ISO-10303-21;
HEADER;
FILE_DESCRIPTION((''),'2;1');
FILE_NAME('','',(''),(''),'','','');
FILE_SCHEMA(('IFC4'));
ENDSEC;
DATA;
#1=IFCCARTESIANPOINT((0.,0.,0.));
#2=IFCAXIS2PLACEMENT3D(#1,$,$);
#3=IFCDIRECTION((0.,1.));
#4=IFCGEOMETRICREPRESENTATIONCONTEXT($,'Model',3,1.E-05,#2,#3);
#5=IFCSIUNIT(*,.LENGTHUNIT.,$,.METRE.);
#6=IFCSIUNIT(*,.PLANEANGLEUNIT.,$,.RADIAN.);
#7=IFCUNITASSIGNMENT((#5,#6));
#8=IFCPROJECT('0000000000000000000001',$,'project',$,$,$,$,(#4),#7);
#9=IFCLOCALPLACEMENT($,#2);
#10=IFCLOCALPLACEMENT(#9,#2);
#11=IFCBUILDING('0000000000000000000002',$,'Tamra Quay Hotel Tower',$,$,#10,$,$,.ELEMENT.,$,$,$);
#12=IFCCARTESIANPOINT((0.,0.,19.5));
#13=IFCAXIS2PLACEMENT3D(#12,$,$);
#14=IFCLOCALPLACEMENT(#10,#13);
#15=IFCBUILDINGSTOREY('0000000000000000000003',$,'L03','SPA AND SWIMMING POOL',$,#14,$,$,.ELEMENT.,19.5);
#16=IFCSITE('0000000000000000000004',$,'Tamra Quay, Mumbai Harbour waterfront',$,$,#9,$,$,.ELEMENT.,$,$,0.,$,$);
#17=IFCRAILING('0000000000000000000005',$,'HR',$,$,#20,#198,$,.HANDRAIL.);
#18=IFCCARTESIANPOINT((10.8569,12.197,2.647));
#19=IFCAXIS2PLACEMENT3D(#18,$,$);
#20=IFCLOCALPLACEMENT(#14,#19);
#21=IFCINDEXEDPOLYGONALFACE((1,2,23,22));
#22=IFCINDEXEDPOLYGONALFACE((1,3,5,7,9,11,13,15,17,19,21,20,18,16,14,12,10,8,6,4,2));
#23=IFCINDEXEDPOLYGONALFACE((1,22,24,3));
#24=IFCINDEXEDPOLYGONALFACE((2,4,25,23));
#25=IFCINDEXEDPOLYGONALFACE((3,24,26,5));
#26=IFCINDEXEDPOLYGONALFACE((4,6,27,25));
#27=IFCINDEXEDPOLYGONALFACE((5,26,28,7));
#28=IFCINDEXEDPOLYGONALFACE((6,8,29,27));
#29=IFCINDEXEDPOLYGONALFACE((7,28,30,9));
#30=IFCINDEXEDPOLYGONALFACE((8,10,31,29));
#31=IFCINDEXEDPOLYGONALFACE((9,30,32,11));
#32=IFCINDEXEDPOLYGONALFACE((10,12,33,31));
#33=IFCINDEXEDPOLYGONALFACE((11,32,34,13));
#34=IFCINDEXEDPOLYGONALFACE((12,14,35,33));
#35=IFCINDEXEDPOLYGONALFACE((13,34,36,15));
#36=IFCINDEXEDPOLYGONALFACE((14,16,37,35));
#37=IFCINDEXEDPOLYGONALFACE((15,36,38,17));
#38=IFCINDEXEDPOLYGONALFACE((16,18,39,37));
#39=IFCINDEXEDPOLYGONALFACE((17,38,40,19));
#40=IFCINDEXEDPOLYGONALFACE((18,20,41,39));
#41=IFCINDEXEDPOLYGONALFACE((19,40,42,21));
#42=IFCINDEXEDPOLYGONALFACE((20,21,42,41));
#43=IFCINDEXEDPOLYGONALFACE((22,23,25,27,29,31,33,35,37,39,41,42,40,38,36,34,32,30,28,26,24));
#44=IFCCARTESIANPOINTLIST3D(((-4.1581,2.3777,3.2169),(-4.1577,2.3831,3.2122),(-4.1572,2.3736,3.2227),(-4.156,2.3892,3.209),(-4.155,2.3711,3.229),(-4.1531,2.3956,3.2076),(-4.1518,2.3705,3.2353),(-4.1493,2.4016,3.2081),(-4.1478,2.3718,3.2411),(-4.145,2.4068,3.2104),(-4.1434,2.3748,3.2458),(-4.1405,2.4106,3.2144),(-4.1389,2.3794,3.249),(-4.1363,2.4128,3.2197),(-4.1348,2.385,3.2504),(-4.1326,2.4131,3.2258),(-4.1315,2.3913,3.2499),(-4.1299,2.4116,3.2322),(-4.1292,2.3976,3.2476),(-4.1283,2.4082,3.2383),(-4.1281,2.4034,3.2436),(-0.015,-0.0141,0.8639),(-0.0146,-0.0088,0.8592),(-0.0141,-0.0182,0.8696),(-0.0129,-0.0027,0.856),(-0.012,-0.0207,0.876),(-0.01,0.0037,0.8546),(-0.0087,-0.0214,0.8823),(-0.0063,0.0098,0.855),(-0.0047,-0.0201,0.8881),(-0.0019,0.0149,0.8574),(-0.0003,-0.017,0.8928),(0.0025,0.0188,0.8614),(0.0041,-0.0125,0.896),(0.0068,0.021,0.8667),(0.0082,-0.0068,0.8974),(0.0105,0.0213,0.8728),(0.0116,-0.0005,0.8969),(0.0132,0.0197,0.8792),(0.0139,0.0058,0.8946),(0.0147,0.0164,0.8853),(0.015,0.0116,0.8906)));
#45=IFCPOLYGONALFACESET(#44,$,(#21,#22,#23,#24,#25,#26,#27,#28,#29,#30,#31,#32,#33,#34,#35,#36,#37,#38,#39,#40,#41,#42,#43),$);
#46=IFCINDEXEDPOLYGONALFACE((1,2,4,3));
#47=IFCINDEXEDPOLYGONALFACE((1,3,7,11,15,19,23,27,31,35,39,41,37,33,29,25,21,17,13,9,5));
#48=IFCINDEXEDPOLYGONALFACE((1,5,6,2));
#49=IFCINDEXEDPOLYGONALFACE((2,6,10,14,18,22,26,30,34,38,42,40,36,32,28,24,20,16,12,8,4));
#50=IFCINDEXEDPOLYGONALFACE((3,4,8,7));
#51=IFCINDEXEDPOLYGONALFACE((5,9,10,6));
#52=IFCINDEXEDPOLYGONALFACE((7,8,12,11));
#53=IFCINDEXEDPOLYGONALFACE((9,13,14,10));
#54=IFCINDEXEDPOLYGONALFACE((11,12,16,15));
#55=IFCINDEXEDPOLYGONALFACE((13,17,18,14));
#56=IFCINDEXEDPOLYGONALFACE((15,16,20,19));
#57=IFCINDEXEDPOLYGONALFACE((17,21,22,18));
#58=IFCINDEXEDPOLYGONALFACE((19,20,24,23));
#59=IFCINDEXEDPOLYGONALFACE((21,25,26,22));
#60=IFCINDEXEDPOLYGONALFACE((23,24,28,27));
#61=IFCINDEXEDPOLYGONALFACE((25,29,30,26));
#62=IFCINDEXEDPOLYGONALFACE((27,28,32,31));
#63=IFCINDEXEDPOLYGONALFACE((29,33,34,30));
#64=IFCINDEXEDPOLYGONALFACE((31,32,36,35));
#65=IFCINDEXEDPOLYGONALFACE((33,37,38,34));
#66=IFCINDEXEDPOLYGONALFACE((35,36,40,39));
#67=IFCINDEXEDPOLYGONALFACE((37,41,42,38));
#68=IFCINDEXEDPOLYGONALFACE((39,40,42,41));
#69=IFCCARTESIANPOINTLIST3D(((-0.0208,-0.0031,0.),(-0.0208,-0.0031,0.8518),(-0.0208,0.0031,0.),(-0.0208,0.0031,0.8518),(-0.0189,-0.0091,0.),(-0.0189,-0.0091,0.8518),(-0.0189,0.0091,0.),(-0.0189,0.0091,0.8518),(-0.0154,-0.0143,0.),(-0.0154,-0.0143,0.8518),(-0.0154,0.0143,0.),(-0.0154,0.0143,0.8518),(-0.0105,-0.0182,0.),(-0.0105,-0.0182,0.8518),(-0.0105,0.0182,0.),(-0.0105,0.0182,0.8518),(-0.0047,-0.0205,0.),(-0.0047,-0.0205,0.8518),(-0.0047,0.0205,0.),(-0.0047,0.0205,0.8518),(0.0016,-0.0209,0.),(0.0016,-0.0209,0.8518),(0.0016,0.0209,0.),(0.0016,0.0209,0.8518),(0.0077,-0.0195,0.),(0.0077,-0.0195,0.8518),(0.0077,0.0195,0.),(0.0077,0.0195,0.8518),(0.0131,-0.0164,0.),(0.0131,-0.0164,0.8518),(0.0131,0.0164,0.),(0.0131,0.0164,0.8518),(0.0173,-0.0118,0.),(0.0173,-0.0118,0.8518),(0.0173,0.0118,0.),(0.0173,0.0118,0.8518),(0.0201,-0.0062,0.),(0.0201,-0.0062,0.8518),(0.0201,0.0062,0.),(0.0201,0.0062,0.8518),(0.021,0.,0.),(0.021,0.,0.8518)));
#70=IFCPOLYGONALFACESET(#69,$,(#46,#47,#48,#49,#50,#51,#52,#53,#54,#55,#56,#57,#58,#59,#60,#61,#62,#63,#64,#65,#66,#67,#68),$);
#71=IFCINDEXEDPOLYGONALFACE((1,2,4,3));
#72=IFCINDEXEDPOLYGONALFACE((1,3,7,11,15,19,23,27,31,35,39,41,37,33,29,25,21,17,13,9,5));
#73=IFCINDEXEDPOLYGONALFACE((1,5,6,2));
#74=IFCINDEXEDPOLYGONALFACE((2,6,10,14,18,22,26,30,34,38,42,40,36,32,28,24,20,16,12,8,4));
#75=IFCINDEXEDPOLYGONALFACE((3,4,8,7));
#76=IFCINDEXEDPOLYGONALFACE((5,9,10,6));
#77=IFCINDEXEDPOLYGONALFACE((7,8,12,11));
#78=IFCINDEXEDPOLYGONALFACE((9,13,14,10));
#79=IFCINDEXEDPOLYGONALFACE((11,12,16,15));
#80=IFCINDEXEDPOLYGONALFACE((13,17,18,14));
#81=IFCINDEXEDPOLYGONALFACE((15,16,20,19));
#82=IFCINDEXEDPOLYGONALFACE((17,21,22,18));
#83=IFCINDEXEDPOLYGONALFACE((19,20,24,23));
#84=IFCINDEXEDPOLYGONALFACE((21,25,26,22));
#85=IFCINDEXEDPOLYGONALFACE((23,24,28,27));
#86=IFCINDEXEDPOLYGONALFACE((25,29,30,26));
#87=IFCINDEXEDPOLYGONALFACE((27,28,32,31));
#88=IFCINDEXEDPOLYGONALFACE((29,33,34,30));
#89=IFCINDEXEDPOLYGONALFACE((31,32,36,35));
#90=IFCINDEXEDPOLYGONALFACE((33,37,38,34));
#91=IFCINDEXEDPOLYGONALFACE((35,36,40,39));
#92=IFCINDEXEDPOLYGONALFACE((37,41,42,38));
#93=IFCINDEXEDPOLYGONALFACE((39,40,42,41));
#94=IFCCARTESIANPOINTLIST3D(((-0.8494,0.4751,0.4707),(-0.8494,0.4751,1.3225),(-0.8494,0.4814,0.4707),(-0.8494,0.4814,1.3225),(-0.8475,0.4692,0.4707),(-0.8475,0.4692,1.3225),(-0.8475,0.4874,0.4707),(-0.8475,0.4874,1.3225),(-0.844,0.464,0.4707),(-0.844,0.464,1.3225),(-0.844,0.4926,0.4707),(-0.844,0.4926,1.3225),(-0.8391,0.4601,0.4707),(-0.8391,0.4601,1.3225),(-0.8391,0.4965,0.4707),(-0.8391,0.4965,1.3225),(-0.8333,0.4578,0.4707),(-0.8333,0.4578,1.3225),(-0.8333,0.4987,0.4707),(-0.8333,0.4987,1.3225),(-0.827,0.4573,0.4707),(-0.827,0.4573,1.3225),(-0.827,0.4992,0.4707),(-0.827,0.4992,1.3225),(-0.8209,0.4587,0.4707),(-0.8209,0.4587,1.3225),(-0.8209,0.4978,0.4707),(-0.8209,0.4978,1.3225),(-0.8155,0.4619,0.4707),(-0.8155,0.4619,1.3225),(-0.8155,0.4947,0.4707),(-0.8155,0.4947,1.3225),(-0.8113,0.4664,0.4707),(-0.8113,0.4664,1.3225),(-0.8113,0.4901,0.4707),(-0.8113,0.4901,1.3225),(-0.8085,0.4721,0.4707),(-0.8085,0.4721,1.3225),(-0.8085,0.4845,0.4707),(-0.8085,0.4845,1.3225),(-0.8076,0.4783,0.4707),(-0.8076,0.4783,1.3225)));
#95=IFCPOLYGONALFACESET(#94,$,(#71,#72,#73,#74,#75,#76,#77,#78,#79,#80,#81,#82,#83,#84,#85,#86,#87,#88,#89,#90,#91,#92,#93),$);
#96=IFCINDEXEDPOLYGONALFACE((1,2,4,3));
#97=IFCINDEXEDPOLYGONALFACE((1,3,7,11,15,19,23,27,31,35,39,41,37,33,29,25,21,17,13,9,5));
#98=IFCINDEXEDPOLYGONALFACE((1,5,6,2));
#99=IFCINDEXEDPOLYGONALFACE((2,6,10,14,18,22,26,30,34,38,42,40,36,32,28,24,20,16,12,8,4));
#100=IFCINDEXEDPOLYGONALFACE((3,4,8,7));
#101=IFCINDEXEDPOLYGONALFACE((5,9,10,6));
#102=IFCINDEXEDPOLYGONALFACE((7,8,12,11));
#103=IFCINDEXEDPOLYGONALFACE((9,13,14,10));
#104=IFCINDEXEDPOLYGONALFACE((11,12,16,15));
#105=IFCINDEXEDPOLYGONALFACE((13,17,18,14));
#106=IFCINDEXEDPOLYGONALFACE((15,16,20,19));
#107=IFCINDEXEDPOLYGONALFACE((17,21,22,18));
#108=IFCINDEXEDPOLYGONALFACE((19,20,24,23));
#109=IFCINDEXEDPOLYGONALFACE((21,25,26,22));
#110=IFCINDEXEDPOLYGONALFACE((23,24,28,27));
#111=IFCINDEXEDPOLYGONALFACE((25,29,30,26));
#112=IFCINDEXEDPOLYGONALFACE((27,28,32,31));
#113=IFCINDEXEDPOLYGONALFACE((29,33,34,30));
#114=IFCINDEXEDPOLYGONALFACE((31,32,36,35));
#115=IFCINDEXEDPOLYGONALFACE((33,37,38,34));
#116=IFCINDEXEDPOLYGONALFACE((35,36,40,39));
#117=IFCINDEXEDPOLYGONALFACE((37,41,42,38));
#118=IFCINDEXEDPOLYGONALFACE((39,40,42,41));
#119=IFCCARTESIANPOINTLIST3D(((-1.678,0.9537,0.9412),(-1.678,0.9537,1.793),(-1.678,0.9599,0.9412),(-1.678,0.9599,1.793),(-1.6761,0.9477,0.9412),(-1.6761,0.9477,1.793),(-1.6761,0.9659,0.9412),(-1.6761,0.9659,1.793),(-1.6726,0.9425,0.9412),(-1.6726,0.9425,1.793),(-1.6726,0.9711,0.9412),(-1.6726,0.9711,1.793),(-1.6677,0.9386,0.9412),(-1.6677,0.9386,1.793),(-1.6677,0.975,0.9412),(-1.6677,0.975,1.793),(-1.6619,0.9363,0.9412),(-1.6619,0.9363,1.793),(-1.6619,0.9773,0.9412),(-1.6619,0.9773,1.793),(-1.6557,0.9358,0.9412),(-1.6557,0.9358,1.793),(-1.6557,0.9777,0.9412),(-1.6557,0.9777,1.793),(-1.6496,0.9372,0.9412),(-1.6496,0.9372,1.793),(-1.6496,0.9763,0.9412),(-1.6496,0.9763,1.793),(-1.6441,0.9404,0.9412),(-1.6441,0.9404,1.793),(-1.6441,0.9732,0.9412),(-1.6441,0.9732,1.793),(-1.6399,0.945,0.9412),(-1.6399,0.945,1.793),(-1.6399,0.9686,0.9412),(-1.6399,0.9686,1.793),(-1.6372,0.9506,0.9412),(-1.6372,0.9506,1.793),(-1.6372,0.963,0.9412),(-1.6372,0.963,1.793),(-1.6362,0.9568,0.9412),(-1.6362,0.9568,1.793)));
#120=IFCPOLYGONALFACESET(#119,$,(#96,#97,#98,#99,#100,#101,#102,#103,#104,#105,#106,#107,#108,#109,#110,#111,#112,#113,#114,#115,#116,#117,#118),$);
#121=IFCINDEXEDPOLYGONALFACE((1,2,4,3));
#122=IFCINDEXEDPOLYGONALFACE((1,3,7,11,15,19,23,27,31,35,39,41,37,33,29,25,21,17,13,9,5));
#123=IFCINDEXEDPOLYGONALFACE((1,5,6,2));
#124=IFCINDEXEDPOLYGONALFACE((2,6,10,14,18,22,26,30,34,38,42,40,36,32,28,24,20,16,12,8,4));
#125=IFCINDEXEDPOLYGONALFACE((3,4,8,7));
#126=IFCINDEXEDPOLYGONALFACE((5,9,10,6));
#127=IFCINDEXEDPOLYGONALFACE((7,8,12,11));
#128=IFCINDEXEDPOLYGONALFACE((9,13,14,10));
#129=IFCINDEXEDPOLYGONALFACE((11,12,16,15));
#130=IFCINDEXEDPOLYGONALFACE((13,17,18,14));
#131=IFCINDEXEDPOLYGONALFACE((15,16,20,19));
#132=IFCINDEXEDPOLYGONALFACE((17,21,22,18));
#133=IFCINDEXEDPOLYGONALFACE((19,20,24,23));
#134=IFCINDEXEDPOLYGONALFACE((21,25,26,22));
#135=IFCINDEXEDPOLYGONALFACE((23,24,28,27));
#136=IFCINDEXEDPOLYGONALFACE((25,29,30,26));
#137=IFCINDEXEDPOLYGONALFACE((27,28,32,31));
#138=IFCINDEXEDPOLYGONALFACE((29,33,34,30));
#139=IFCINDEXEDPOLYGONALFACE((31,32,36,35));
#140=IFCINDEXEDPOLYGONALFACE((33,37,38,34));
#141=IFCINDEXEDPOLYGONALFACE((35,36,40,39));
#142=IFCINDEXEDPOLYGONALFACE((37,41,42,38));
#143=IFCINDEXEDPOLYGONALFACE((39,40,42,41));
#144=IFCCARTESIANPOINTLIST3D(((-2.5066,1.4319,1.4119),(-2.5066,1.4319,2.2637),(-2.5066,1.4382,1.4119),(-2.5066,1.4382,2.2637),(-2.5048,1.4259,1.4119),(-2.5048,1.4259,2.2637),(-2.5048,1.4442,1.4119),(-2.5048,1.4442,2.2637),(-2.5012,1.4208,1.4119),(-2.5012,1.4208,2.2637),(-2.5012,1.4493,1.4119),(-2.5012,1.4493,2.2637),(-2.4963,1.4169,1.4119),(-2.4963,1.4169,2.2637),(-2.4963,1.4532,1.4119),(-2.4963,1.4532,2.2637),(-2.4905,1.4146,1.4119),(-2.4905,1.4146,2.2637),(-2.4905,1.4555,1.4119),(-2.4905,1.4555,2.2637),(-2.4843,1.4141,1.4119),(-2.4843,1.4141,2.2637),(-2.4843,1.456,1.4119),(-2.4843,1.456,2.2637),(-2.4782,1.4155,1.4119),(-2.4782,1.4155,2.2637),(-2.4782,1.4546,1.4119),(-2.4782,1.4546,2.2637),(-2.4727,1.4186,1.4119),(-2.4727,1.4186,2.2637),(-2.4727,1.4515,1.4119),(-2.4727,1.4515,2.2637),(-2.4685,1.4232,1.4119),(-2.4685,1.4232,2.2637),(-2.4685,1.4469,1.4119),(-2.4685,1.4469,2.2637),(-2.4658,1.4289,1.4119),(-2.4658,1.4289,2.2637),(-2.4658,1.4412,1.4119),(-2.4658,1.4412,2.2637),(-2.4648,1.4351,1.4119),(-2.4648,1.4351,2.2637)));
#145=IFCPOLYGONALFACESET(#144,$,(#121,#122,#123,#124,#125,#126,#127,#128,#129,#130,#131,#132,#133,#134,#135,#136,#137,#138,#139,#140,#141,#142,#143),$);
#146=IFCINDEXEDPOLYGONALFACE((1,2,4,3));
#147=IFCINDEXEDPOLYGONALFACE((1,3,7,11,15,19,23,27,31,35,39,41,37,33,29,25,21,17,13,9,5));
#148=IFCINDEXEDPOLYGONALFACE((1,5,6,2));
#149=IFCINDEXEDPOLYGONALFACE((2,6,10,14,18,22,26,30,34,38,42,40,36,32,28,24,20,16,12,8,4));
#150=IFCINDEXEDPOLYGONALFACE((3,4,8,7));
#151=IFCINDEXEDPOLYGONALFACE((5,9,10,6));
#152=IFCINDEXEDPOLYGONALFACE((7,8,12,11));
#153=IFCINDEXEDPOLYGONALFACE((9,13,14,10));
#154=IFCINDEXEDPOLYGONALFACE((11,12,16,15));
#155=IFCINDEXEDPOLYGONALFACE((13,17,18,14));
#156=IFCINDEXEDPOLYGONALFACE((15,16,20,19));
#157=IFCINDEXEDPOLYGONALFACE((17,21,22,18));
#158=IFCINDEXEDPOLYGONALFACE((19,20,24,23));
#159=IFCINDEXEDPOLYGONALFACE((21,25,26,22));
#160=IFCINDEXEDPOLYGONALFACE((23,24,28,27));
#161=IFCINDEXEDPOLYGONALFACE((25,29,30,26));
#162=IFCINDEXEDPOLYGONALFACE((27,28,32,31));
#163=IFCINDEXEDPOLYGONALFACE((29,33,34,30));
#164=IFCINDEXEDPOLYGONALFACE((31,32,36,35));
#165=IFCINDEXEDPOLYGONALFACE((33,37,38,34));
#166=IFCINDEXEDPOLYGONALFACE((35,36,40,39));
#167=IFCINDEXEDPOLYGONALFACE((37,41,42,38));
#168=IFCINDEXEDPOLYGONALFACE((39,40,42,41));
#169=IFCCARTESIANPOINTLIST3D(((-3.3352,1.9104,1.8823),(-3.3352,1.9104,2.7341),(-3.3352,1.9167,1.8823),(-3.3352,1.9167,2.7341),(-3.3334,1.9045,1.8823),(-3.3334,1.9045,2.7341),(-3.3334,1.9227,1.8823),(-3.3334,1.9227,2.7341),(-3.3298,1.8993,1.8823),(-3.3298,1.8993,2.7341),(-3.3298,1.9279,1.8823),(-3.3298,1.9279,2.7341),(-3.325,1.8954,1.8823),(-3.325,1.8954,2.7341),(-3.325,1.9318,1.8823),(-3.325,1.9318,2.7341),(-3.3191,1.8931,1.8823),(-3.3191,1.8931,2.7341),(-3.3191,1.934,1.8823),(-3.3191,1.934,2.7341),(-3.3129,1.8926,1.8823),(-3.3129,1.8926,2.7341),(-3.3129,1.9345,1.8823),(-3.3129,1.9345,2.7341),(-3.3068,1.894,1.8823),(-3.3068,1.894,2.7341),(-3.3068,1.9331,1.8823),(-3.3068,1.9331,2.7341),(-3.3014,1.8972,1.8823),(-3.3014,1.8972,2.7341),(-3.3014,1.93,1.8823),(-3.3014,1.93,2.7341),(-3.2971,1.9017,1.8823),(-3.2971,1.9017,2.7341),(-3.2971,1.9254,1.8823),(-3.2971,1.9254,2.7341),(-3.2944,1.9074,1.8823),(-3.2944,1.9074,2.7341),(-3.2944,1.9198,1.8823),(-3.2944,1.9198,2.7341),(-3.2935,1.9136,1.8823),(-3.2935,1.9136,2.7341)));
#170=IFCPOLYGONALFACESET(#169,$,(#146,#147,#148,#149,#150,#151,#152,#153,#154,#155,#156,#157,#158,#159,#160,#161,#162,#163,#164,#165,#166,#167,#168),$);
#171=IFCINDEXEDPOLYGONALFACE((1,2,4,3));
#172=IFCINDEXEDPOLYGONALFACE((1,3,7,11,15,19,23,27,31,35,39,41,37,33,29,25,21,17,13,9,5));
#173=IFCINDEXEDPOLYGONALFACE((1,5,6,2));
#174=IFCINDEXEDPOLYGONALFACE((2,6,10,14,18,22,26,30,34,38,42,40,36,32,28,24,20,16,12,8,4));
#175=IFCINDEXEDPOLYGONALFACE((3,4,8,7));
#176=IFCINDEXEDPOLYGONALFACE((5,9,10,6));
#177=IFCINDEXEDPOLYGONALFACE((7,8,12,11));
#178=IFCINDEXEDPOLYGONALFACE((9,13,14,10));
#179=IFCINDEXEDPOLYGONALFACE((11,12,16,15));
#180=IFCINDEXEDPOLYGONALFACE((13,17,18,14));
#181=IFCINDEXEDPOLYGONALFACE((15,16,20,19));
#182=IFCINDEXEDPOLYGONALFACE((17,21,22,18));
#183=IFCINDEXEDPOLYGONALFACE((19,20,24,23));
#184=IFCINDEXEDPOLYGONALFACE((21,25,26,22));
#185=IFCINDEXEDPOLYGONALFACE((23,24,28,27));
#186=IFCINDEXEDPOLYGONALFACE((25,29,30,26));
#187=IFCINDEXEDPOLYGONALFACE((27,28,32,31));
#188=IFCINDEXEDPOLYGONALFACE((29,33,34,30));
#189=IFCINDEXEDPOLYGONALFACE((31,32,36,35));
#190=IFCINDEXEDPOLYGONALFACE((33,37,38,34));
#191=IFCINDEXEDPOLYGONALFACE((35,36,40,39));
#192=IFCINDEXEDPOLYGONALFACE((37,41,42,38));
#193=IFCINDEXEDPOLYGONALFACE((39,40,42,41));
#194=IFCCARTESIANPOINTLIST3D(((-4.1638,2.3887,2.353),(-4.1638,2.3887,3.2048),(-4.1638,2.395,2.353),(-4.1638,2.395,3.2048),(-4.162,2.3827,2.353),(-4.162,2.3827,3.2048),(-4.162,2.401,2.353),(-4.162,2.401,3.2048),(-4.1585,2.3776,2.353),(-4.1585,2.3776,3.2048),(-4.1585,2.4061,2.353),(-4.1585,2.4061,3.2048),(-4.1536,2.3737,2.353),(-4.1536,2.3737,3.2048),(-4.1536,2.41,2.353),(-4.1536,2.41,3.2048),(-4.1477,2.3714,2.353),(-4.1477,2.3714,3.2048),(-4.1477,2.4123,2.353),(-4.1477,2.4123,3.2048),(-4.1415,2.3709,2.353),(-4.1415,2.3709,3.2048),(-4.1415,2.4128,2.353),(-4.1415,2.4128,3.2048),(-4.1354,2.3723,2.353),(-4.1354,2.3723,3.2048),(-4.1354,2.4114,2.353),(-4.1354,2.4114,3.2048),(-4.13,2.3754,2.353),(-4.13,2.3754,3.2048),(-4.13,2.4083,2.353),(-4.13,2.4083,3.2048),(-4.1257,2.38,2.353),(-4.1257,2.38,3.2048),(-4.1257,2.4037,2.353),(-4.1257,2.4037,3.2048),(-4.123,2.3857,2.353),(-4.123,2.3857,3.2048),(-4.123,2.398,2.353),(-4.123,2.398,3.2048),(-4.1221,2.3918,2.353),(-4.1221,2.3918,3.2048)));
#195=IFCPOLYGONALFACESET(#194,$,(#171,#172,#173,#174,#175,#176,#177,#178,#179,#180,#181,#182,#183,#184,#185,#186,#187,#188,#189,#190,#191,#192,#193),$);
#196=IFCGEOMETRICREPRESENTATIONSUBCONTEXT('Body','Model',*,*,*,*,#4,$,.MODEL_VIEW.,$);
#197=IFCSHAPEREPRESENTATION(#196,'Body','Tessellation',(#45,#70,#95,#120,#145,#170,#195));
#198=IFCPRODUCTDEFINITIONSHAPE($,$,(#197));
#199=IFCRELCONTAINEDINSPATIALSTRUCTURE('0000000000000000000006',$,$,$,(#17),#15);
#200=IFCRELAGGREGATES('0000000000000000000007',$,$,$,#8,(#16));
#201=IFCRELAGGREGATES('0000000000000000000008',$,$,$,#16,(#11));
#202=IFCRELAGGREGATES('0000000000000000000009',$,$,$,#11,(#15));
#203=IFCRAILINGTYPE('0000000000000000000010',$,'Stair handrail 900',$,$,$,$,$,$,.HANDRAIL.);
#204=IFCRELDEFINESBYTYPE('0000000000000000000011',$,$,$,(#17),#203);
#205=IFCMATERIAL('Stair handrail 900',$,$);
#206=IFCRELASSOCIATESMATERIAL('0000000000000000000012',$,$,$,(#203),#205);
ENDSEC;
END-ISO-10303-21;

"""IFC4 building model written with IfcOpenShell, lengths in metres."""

from ifc_helpers import new_model, si_unit, direction, frame, origin, origin_2d, place, context, subcontext, project, spatial, circle, extrude, material, type_object, element, save


model = new_model("IFC4")

# Units and contexts
model_context = context("Model", 3, precision=1e-05, world=origin(), true_north=direction((0.0, 1.0)))
body_context = subcontext(model_context, "Body", "Model", "MODEL_VIEW")
ifc_project = project(units=[si_unit("LENGTHUNIT", "METRE"), si_unit("PLANEANGLEUNIT", "RADIAN")], contexts=[model_context])

# Site, building, storey
site_placement = place(None, origin())
site = spatial("IfcSite", under=ifc_project, at=site_placement, Name="Tamra Quay, Mumbai Harbour waterfront", CompositionType="ELEMENT", RefElevation=0.0)
building_placement = place(site_placement, origin())
building = spatial("IfcBuilding", under=site, at=building_placement, Name="Tamra Quay Hotel Tower", CompositionType="ELEMENT")
storey_placement = place(building_placement, frame((0.0, 0.0, 19.5)))
storey = spatial("IfcBuildingStorey", under=building, at=storey_placement, Name="L03", Description="SPA AND SWIMMING POOL", CompositionType="ELEMENT", Elevation=19.5)

# Railing
ifc_material_1 = material(Name="Stair handrail 900")
railing_type = type_object("IfcRailingType", Name="Stair handrail 900", PredefinedType="HANDRAIL", material=ifc_material_1)
railing_placement = place(storey_placement, frame((10.8569, 12.197, 2.647)))
element("IfcRailing", 1, at=railing_placement, inside=storey, type_object=railing_type, Name="HR", PredefinedType="HANDRAIL", context=body_context, shape_type="SweptSolid", body=[
    extrude(circle(Radius=0.0239, at=origin_2d()), frame((0.0, 0.0, 0.876), z_axis=(-0.777123, 0.448643, 0.441362), x_axis=(-0.499976, -0.866039, 0.0)), (0.0, 0.0, 1.0), 5.3313),
    extrude(circle(Radius=0.021, at=origin_2d()), origin(), (0.0, 0.0, 1.0), 0.8518),
    extrude(circle(Radius=0.021, at=origin_2d()), frame((-0.8286, 0.4783, 0.4707)), (0.0, 0.0, 1.0), 0.8518),
    extrude(circle(Radius=0.021, at=origin_2d()), frame((-1.6572, 0.9568, 0.9412)), (0.0, 0.0, 1.0), 0.8518),
    extrude(circle(Radius=0.021, at=origin_2d()), frame((-2.4858, 1.4351, 1.4119)), (0.0, 0.0, 1.0), 0.8518),
    extrude(circle(Radius=0.021, at=origin_2d()), frame((-3.3145, 1.9136, 1.8823)), (0.0, 0.0, 1.0), 0.8518),
    extrude(circle(Radius=0.021, at=origin_2d()), frame((-4.1431, 2.3918, 2.353)), (0.0, 0.0, 1.0), 0.8518),
])

save(model, "model.ifc")
